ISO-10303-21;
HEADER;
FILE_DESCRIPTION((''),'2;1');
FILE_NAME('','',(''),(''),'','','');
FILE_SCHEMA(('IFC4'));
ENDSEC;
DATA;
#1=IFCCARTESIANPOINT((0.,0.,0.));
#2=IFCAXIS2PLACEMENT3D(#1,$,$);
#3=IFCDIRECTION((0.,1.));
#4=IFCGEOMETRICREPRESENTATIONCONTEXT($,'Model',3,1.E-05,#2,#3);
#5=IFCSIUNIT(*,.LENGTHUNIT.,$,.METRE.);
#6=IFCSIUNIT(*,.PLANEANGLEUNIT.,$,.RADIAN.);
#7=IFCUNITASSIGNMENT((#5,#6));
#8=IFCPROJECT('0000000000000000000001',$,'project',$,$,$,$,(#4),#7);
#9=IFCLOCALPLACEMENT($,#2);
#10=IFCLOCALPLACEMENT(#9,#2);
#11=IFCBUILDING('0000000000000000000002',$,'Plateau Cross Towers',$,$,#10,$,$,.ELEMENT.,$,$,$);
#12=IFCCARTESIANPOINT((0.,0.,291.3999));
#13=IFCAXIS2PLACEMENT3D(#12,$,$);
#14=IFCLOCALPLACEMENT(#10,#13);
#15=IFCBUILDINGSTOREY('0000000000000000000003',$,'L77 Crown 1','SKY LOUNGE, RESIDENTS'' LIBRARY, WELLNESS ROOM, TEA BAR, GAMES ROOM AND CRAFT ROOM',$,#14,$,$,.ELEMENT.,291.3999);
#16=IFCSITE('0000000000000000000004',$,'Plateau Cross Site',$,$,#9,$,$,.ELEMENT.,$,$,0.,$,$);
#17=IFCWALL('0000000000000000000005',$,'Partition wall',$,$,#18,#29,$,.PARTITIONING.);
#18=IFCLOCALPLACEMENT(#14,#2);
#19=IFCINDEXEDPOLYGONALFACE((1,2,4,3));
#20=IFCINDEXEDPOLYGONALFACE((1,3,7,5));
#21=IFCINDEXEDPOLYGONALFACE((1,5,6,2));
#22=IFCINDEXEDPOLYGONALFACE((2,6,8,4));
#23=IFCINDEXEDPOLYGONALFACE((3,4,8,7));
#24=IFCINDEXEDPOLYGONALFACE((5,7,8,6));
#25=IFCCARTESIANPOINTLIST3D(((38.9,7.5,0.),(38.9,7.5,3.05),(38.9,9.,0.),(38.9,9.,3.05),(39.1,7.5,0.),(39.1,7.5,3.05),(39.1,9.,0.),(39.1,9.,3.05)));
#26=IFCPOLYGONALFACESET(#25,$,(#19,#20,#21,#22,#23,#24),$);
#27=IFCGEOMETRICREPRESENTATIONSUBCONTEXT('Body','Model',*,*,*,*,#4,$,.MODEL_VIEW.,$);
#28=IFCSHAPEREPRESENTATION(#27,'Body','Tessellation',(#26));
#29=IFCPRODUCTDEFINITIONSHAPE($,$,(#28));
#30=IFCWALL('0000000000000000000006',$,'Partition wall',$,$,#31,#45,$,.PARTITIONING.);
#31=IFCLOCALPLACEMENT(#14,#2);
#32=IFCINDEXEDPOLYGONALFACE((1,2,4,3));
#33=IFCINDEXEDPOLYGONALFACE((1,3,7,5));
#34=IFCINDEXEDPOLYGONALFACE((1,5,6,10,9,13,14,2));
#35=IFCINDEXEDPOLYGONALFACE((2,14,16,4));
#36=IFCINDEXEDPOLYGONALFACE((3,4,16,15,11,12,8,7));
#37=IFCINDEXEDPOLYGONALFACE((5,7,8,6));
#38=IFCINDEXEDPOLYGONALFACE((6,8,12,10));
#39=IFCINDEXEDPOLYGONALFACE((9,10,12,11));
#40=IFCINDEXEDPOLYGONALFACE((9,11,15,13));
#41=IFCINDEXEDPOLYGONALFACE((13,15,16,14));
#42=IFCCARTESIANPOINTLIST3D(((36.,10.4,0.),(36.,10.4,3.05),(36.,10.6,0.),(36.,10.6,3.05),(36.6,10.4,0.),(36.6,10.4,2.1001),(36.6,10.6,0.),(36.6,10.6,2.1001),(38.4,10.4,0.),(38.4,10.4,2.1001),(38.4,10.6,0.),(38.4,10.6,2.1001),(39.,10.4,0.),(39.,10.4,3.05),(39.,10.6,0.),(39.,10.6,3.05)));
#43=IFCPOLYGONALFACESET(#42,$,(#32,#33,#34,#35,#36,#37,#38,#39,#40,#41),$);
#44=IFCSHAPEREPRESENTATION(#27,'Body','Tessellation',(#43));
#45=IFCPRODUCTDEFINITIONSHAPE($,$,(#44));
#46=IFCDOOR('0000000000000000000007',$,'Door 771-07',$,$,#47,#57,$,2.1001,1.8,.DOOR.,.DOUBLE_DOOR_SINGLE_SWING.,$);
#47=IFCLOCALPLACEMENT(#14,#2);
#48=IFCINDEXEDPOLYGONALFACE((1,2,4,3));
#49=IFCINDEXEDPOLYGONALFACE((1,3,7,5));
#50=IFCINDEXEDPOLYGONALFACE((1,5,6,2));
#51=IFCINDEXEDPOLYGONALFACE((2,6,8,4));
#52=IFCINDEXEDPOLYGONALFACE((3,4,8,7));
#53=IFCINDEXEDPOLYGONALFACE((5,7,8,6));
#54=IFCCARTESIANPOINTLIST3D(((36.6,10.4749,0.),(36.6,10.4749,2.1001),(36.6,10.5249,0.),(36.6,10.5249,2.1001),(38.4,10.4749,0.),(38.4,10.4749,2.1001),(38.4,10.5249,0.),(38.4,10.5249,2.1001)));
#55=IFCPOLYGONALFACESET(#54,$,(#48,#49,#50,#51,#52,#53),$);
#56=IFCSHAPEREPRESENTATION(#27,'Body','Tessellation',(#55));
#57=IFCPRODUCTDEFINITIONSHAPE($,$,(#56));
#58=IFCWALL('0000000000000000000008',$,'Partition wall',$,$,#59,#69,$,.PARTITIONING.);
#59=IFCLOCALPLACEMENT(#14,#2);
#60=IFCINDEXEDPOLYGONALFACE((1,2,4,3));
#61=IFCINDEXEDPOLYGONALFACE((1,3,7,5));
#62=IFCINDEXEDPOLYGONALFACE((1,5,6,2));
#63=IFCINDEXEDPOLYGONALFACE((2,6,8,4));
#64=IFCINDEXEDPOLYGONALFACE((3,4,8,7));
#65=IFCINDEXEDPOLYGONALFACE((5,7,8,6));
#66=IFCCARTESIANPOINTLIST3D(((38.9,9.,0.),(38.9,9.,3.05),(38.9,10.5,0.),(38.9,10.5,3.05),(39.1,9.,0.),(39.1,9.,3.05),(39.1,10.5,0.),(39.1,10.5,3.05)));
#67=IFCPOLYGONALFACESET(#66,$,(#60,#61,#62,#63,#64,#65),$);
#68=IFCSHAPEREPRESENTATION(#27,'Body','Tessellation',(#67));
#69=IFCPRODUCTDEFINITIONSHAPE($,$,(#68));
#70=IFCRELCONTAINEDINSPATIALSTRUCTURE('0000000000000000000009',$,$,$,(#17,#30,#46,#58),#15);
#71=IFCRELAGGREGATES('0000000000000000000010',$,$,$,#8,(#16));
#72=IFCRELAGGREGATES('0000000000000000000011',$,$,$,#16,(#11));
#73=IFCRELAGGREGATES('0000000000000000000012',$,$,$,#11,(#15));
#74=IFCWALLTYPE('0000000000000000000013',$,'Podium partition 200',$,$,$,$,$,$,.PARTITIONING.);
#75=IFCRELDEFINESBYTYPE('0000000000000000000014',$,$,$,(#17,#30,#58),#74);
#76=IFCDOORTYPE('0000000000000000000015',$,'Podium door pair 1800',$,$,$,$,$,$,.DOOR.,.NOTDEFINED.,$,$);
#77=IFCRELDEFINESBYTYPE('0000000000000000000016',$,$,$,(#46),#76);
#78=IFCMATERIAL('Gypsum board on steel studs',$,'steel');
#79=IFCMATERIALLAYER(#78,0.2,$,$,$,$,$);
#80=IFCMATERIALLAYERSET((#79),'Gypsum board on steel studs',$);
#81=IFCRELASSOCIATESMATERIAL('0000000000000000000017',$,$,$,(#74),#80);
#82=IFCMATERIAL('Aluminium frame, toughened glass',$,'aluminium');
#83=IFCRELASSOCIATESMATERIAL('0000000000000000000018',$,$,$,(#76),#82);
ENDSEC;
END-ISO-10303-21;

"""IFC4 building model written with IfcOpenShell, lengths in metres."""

from ifc_helpers import new_model, si_unit, direction, frame, frame_2d, origin, place, context, subcontext, project, spatial, rectangle, extrude, material, layer, layer_set, type_object, element, fill, save


model = new_model("IFC4")

# Units and contexts
model_context = context("Model", 3, precision=1e-05, world=origin(), true_north=direction((0.0, 1.0)))
body_context = subcontext(model_context, "Body", "Model", "MODEL_VIEW")
ifc_project = project(units=[si_unit("LENGTHUNIT", "METRE"), si_unit("PLANEANGLEUNIT", "RADIAN")], contexts=[model_context])

# Site, building, storey
site_placement = place(None, origin())
site = spatial("IfcSite", under=ifc_project, at=site_placement, Name="Plateau Cross Site", CompositionType="ELEMENT", RefElevation=0.0)
building_placement = place(site_placement, origin())
building = spatial("IfcBuilding", under=site, at=building_placement, Name="Plateau Cross Towers", CompositionType="ELEMENT")
storey_placement = place(building_placement, frame((0.0, 0.0, 291.3999)))
storey = spatial("IfcBuildingStorey", under=building, at=storey_placement, Name="L77 Crown 1", Description="SKY LOUNGE, RESIDENTS' LIBRARY, WELLNESS ROOM, TEA BAR, GAMES ROOM AND CRAFT ROOM", CompositionType="ELEMENT", Elevation=291.3999)

# Shared definitions
ifc_material_1 = material(Name="Gypsum board on steel studs", Category="steel")
ifc_layer_1 = layer(ifc_material_1, 0.2)
ifc_layer_set_1 = layer_set([ifc_layer_1], Name="Gypsum board on steel studs")
wall_type = type_object("IfcWallType", Name="Podium partition 200", PredefinedType="PARTITIONING", material=ifc_layer_set_1)
ifc_material_2 = material(Name="Aluminium frame, toughened glass", Category="aluminium")
door_type = type_object("IfcDoorType", Name="Podium door pair 1800", OperationType="NOTDEFINED", PredefinedType="DOOR", material=ifc_material_2)

# Wall
wall_1_placement = place(storey_placement, frame((39.0, 9.0, 0.0), z_axis=(0.0, 0.0, 1.0), x_axis=(0.0, -1.0, 0.0)))
element("IfcWall", 1, at=wall_1_placement, inside=storey, type_object=wall_type, Name="Partition wall", PredefinedType="PARTITIONING", context=body_context, shape_type="SweptSolid", body=[
    extrude(rectangle(XDim=1.5, YDim=0.2, at=frame_2d((0.75, 0.0))), origin(), (0.0, 0.0, 1.0), 3.05),
])

# Wall, opening, door
wall_2_placement = place(storey_placement, frame((36.0, 10.5, 0.0), z_axis=(0.0, 0.0, 1.0), x_axis=(1.0, 0.0, 0.0)))
wall_2 = element("IfcWall", 2, at=wall_2_placement, inside=storey, type_object=wall_type, Name="Partition wall", PredefinedType="PARTITIONING", context=body_context, shape_type="SweptSolid", body=[
    extrude(rectangle(XDim=3.0, YDim=0.2, at=frame_2d((1.5, 0.0))), origin(), (0.0, 0.0, 1.0), 3.05),
])
opening_1_placement = place(wall_2_placement, frame((0.6001, 0.0, 0.0)))
opening_1 = element("IfcOpeningElement", 3, at=opening_1_placement, cuts=wall_2, PredefinedType="OPENING", context=body_context, shape_type="SweptSolid", body=[
    extrude(rectangle(XDim=1.8, YDim=2.1001, at=frame_2d((0.8999, 1.05))), frame((0.0, 0.1099, 0.0), z_axis=(0.0, -1.0, 0.0), x_axis=(1.0, 0.0, 0.0)), (0.0, 0.0, 1.0), 0.22),
])
door_1_placement = place(opening_1_placement, origin())
door_1 = element("IfcDoor", 4, at=door_1_placement, inside=storey, type_object=door_type, Name="Door 771-07", OperationType="DOUBLE_DOOR_SINGLE_SWING", OverallHeight=2.1001, OverallWidth=1.8, PredefinedType="DOOR", context=body_context, shape_type="SweptSolid", body=[
    extrude(rectangle(XDim=1.8, YDim=2.1001, at=frame_2d((0.8999, 1.05))), frame((0.0, 0.0249, 0.0), z_axis=(0.0, -1.0, 0.0), x_axis=(1.0, 0.0, 0.0)), (0.0, 0.0, 1.0), 0.05),
])
fill(opening_1, door_1)

# Wall
wall_3_placement = place(storey_placement, frame((39.0, 10.5, 0.0), z_axis=(0.0, 0.0, 1.0), x_axis=(0.0, -1.0, 0.0)))
element("IfcWall", 5, at=wall_3_placement, inside=storey, type_object=wall_type, Name="Partition wall", PredefinedType="PARTITIONING", context=body_context, shape_type="SweptSolid", body=[
    extrude(rectangle(XDim=1.5, YDim=0.2, at=frame_2d((0.75, 0.0))), origin(), (0.0, 0.0, 1.0), 3.05),
])

save(model, "model.ifc")
